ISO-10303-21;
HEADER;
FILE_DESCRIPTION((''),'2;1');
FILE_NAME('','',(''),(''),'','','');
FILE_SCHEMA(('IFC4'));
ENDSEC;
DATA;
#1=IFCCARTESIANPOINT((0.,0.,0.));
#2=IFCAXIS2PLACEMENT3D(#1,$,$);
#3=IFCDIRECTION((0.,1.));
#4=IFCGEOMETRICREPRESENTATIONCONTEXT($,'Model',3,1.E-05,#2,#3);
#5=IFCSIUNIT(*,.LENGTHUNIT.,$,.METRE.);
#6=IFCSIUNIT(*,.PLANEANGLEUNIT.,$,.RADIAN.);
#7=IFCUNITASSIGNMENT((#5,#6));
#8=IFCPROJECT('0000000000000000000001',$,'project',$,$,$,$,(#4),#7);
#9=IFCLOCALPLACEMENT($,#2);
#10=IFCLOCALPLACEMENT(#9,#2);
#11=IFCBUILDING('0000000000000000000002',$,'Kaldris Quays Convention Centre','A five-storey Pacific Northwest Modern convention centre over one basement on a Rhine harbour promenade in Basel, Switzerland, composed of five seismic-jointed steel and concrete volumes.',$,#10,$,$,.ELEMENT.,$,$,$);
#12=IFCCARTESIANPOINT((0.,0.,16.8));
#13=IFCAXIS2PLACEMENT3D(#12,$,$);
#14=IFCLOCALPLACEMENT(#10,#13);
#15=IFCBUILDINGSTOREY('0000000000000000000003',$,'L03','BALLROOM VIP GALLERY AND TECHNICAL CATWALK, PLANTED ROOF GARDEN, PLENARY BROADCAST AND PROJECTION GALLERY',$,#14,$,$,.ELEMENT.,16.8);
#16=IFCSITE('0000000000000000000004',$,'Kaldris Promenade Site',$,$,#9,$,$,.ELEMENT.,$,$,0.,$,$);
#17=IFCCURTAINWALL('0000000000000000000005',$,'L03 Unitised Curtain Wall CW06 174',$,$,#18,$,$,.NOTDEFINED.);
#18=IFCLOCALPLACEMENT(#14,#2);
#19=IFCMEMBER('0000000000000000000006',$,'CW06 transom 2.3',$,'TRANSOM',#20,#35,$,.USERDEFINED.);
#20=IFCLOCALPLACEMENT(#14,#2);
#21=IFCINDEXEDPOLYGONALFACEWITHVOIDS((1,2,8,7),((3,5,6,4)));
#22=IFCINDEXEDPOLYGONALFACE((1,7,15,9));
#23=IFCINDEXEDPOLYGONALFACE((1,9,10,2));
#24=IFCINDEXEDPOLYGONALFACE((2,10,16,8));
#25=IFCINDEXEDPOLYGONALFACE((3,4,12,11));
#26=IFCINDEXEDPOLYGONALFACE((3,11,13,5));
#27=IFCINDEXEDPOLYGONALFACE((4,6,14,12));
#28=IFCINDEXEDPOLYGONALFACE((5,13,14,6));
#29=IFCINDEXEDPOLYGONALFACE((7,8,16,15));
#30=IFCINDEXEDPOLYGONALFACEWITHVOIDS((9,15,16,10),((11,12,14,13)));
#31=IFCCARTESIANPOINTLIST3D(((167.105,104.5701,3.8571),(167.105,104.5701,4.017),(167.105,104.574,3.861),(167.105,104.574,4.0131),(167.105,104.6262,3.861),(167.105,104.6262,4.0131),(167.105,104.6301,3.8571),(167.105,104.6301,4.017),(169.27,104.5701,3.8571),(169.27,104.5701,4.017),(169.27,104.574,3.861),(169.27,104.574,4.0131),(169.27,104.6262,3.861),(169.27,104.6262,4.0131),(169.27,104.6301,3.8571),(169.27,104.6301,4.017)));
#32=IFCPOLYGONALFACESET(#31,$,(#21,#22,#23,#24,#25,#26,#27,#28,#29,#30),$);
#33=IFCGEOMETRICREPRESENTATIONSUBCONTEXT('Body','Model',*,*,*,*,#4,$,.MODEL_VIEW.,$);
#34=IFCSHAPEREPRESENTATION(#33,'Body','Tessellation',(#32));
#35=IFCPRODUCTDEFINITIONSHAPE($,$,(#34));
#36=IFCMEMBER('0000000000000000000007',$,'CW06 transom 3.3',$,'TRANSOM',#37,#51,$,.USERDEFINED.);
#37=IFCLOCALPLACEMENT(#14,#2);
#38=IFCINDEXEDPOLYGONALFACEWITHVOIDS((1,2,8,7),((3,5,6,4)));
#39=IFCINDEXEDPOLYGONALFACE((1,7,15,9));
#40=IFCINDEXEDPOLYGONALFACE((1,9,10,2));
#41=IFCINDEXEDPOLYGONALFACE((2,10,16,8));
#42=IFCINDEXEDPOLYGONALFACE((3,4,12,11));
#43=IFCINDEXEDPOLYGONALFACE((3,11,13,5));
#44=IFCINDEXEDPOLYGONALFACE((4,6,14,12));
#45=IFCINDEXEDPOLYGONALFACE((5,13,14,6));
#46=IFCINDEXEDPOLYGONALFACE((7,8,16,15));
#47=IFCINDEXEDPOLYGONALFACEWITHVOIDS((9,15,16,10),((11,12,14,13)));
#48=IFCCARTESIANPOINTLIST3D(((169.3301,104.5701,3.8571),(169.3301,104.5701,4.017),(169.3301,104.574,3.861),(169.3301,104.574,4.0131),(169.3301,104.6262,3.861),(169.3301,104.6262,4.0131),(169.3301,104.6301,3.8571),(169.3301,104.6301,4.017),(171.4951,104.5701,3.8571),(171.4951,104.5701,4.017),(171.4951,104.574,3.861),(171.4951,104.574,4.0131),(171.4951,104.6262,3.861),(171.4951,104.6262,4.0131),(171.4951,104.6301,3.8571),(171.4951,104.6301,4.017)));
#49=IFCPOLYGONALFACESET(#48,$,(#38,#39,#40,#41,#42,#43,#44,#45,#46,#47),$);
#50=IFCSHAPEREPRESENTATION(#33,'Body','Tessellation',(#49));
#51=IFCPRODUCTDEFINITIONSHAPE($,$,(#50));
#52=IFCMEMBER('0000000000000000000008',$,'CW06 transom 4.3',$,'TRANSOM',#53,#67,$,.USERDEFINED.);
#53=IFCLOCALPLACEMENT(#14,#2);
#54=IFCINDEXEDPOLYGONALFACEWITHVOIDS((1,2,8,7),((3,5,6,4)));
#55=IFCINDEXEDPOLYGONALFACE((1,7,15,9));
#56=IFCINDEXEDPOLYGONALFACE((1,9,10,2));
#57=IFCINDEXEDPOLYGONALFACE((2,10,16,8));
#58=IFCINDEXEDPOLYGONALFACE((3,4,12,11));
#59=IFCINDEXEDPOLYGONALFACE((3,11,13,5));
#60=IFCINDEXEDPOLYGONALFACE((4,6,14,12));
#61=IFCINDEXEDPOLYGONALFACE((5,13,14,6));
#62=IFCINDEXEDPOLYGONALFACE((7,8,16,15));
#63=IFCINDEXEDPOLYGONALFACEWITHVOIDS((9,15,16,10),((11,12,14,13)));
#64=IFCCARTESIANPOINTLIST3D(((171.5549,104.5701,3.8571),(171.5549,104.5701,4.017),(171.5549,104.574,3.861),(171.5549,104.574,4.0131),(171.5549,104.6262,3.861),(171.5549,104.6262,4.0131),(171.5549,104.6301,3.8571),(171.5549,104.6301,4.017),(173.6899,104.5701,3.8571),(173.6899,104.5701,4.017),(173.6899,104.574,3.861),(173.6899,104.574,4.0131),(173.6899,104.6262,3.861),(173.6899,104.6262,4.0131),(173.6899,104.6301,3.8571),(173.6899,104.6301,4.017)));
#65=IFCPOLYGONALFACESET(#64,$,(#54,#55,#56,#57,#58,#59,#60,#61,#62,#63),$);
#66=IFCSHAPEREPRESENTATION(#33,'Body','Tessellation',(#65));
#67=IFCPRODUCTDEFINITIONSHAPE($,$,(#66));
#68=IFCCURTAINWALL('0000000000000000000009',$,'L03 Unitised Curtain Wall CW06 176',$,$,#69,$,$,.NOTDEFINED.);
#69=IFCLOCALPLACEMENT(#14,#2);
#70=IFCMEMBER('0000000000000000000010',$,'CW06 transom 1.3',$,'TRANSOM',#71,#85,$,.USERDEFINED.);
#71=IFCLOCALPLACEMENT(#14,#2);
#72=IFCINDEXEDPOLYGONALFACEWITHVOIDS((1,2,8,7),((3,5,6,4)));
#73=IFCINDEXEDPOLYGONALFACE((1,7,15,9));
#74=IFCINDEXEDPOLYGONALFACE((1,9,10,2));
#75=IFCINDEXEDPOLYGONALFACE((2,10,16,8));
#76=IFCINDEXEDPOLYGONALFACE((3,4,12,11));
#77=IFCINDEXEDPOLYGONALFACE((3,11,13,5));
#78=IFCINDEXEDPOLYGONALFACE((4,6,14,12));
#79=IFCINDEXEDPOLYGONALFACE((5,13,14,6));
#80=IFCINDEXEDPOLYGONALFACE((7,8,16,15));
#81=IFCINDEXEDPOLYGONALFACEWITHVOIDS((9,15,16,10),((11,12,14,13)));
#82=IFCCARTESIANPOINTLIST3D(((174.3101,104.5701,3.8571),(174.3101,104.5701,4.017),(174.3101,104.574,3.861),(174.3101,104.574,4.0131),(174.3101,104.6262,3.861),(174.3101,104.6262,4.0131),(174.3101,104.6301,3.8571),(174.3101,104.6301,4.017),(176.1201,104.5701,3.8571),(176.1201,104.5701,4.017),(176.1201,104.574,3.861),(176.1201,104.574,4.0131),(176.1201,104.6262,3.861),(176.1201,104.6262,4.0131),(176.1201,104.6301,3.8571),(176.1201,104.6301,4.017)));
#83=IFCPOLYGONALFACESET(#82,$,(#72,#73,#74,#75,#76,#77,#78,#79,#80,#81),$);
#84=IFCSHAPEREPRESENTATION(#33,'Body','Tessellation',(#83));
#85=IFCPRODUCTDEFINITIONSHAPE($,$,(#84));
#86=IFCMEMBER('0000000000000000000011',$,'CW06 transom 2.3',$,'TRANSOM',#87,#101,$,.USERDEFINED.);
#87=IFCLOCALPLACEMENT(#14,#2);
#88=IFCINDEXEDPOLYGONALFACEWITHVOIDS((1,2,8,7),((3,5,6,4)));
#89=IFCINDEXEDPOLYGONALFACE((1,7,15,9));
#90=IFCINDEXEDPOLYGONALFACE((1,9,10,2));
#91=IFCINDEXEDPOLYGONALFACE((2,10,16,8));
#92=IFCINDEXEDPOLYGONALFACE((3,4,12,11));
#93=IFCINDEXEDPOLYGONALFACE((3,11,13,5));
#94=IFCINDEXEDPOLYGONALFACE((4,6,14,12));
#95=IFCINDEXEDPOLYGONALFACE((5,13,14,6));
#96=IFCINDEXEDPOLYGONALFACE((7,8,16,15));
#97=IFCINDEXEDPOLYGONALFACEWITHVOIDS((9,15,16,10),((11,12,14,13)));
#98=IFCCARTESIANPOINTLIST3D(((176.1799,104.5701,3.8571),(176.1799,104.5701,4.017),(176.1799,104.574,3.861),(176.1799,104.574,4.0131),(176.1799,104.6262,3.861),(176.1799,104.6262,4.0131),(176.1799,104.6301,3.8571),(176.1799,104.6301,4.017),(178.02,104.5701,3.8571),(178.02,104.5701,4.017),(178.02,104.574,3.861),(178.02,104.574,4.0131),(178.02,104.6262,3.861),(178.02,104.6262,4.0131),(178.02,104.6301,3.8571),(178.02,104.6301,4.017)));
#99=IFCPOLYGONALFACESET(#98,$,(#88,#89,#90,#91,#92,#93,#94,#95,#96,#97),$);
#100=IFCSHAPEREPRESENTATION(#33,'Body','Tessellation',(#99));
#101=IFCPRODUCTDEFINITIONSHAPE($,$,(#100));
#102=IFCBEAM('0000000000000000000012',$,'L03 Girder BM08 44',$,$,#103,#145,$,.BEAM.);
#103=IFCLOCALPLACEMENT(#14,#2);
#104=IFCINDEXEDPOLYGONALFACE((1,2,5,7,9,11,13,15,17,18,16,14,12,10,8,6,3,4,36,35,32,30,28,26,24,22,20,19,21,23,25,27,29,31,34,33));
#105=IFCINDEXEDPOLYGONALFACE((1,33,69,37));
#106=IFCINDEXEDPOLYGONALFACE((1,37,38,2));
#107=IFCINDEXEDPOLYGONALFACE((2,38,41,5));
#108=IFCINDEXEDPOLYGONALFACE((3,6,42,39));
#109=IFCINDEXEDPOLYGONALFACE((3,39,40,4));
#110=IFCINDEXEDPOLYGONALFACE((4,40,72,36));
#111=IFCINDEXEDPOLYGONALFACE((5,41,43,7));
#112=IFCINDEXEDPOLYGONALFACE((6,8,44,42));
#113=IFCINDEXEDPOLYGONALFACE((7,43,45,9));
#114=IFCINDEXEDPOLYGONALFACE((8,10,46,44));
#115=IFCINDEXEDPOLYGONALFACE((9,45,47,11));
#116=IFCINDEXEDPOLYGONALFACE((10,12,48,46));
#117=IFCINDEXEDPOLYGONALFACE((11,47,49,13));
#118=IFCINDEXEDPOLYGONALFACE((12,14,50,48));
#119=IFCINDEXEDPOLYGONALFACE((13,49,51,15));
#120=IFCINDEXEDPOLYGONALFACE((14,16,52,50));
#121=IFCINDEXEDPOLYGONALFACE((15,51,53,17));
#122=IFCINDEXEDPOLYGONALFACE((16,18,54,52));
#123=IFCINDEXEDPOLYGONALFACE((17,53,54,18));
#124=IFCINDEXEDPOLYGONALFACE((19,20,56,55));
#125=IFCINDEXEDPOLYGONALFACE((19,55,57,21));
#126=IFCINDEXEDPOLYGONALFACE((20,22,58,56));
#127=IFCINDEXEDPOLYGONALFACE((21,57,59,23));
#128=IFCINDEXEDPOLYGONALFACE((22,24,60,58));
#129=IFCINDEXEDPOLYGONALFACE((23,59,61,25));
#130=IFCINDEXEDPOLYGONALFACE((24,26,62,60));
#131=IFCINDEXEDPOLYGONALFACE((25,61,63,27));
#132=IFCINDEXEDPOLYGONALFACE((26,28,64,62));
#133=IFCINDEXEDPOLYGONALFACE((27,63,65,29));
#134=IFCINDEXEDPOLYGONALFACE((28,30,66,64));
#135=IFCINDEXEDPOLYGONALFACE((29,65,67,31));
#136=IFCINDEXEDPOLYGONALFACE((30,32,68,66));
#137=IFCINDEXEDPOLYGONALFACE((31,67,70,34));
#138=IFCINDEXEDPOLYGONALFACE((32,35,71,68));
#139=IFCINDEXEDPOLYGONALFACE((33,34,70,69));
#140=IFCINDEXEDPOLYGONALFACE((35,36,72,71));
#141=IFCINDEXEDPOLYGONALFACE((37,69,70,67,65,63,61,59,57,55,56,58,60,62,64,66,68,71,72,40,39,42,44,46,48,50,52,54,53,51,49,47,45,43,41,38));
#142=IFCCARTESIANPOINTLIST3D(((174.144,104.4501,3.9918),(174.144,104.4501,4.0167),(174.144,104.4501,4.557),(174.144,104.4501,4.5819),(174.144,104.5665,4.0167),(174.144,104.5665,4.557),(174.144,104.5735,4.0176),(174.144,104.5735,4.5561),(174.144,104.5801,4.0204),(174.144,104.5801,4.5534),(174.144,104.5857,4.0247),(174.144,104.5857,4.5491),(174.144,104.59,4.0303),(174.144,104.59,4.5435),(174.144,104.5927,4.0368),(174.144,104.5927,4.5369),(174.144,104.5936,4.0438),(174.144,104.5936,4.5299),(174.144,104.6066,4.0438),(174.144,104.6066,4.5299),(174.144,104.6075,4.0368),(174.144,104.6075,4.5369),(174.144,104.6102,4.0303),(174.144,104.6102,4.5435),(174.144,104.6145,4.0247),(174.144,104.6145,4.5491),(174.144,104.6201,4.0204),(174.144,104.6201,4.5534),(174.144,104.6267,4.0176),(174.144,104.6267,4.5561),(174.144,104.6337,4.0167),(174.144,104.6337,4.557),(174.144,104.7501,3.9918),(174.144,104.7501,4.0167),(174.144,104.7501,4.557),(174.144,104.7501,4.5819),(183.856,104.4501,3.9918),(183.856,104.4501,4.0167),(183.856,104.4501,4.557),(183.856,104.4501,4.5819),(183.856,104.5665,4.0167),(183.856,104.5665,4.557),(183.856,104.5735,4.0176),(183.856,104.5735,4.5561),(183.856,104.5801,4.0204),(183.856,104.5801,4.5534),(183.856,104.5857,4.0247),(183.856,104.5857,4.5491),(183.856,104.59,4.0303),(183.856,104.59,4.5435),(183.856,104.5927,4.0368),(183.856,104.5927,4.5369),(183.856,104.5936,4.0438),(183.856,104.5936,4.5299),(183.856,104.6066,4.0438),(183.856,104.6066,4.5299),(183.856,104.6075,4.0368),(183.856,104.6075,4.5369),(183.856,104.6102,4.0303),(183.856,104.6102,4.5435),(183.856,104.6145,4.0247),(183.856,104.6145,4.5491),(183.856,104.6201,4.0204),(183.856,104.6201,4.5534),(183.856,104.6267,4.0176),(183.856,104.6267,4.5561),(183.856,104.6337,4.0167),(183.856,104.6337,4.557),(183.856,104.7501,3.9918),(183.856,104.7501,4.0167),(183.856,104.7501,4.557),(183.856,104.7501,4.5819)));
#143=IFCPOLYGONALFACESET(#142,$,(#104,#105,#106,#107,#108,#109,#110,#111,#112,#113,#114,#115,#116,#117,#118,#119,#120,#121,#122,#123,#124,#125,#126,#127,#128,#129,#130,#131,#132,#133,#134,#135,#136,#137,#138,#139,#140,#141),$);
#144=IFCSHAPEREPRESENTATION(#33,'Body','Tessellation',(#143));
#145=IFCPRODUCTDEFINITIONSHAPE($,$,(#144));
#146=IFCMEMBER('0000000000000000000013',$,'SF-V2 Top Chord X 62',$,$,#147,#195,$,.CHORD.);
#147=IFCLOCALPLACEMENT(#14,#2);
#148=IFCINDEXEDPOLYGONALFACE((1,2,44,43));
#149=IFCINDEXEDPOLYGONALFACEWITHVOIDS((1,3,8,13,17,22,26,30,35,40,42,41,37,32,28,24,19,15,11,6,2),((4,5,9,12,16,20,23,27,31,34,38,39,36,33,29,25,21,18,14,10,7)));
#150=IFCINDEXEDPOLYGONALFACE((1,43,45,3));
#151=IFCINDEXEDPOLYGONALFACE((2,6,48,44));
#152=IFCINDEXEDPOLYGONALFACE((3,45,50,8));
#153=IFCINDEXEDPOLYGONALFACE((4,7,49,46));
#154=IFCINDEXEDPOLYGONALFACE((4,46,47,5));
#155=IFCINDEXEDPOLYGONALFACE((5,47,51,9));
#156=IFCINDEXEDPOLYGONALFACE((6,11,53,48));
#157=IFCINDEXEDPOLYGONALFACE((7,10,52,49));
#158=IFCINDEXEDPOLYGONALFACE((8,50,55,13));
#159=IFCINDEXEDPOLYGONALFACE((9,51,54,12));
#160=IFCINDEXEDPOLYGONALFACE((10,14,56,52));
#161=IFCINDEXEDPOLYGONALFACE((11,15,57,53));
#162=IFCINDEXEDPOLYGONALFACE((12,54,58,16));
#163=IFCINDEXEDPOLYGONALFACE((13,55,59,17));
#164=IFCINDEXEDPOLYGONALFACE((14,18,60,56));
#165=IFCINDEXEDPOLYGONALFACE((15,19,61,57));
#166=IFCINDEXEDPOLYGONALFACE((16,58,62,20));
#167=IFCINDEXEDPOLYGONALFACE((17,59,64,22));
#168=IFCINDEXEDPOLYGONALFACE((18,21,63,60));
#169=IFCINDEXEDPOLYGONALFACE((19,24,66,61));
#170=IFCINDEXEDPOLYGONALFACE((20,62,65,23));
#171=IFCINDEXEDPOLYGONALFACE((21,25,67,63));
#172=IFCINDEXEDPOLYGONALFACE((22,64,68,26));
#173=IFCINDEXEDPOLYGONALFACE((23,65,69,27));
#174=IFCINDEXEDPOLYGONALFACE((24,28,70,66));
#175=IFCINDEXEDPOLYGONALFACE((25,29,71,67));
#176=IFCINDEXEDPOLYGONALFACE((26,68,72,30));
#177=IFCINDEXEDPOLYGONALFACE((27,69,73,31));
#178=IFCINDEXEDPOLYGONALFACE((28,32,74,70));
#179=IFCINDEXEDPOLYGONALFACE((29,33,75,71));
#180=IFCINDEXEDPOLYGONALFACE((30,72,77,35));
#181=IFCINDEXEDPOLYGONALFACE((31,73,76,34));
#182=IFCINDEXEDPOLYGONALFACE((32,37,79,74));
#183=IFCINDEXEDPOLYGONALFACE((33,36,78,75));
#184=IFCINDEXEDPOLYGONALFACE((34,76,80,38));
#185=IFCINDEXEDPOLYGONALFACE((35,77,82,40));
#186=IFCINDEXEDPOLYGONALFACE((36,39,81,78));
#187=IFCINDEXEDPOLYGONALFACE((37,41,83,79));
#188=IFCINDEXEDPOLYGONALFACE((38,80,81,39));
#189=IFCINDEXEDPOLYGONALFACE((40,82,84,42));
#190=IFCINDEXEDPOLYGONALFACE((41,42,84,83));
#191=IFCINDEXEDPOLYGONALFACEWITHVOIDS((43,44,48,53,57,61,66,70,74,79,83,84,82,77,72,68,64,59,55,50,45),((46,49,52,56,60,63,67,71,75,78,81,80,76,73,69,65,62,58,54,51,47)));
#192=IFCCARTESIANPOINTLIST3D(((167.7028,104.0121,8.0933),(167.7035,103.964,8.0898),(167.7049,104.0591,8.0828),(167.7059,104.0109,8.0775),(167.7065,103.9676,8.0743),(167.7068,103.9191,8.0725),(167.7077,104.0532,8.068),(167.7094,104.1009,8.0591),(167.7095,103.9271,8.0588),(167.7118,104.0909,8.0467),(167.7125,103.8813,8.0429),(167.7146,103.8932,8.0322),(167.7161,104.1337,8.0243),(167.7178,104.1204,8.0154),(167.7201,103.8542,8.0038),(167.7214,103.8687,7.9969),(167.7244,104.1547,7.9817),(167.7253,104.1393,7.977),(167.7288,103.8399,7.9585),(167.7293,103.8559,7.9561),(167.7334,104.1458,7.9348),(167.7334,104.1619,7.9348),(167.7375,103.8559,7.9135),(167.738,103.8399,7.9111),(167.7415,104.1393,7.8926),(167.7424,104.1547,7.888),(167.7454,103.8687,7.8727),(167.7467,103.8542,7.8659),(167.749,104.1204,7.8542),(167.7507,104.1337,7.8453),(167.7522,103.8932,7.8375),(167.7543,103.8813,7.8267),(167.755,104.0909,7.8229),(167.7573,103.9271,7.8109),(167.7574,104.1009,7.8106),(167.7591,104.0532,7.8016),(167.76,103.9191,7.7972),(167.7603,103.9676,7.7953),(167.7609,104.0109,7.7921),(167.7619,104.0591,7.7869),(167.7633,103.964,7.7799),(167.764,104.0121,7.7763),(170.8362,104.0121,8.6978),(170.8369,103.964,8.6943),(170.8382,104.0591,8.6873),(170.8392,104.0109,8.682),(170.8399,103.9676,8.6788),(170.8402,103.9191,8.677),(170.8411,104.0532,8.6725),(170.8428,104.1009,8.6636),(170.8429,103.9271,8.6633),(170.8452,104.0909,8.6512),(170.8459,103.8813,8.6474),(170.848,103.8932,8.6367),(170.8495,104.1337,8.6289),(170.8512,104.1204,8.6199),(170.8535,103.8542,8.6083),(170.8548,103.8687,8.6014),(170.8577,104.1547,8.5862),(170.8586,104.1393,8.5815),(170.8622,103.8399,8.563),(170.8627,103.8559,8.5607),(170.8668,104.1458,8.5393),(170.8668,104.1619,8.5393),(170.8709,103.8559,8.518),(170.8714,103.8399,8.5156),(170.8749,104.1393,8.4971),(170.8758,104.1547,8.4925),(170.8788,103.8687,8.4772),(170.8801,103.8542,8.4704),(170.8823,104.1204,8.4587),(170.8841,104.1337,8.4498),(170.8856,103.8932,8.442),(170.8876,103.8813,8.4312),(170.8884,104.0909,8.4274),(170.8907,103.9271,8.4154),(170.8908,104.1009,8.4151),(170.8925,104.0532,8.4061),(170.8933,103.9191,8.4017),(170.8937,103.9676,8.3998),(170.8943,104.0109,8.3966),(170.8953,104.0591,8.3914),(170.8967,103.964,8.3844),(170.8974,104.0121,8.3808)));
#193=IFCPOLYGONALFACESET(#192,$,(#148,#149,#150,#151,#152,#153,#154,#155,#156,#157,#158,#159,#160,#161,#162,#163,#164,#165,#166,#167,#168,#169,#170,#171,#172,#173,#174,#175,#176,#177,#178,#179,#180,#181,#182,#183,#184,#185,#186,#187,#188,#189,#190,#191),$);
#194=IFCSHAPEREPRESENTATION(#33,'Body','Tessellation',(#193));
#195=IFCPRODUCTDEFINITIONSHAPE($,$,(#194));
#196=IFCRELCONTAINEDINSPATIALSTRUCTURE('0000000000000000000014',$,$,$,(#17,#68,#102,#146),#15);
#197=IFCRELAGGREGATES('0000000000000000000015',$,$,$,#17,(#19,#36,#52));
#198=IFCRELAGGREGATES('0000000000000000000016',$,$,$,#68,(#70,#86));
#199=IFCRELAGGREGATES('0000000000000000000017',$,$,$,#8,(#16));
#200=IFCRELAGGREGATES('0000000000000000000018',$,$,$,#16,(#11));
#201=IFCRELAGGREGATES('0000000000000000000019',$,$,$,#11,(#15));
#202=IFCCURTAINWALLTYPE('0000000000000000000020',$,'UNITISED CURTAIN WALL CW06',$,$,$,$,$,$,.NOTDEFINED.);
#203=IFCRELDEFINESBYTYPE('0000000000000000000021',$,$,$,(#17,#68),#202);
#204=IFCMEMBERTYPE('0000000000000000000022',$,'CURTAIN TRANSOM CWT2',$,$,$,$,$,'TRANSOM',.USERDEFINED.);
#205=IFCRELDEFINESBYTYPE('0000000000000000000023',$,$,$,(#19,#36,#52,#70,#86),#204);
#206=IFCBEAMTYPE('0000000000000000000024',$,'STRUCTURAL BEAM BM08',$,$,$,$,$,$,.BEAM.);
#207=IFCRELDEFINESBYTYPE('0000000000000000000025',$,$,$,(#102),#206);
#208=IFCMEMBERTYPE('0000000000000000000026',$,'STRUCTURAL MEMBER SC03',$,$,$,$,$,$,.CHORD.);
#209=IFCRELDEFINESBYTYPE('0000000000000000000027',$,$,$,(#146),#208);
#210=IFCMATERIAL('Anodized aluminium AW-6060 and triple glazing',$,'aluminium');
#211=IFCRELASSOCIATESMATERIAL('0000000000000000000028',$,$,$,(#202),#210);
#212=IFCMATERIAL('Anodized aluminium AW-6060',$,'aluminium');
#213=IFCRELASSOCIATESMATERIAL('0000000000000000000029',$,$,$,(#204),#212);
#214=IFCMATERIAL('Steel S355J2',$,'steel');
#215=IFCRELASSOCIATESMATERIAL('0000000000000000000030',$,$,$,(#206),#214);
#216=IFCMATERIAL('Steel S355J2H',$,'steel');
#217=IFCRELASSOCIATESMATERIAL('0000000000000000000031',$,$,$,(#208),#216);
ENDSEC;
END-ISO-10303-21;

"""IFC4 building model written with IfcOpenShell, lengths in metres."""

from ifc_helpers import new_model, si_unit, direction, frame, origin, origin_2d, place, context, subcontext, project, spatial, hollow_rectangle, hollow_circle, i_section, extrude, material, material_profile, profile_set, type_object, element, aggregate, save


model = new_model("IFC4")

# Units and contexts
model_context = context("Model", 3, precision=1e-05, world=origin(), true_north=direction((0.0, 1.0)))
body_context = subcontext(model_context, "Body", "Model", "MODEL_VIEW")
ifc_project = project(units=[si_unit("LENGTHUNIT", "METRE"), si_unit("PLANEANGLEUNIT", "RADIAN")], contexts=[model_context])

# Site, building, storey
site_placement = place(None, origin())
site = spatial("IfcSite", under=ifc_project, at=site_placement, Name="Kaldris Promenade Site", CompositionType="ELEMENT", RefElevation=0.0)
building_placement = place(site_placement, origin())
building = spatial("IfcBuilding", under=site, at=building_placement, Name="Kaldris Quays Convention Centre", Description="A five-storey Pacific Northwest Modern convention centre over one basement on a Rhine harbour promenade in Basel, Switzerland, composed of five seismic-jointed steel and concrete volumes.", CompositionType="ELEMENT")
storey_placement = place(building_placement, frame((0.0, 0.0, 16.8)))
storey = spatial("IfcBuildingStorey", under=building, at=storey_placement, Name="L03", Description="BALLROOM VIP GALLERY AND TECHNICAL CATWALK, PLANTED ROOF GARDEN, PLENARY BROADCAST AND PROJECTION GALLERY", CompositionType="ELEMENT", Elevation=16.8)

# Curtain walls, members
ifc_material_1 = material(Name="Anodized aluminium AW-6060 and triple glazing", Category="aluminium")
curtain_wall_type = type_object("IfcCurtainWallType", Name="UNITISED CURTAIN WALL CW06", PredefinedType="NOTDEFINED", material=ifc_material_1)
curtain_wall_1_placement = place(storey_placement, origin())
curtain_wall_1 = element("IfcCurtainWall", 1, at=curtain_wall_1_placement, inside=storey, type_object=curtain_wall_type, Name="L03 Unitised Curtain Wall CW06 174", PredefinedType="NOTDEFINED")
ifc_material_2 = material(Name="Anodized aluminium AW-6060", Category="aluminium")
ifc_material_profile_1 = material_profile(ifc_material_2, hollow_rectangle(XDim=0.0601, YDim=0.1599, WallThickness=0.0039, at=origin_2d()), Name="RHS 160x60x4")
ifc_profile_set_1 = profile_set([ifc_material_profile_1], Name="Anodized aluminium AW-6060")
member_type_1 = type_object("IfcMemberType", Name="CURTAIN TRANSOM CWT2", ElementType="TRANSOM", PredefinedType="USERDEFINED", material=ifc_profile_set_1)
member_1_placement = place(storey_placement, frame((167.105, 104.6001, 3.937), z_axis=(1.0, 0.0, 0.0), x_axis=(0.0, 1.0, 0.0)))
member_1 = element("IfcMember", 2, at=member_1_placement, type_object=member_type_1, Name="CW06 transom 2.3", ObjectType="TRANSOM", PredefinedType="USERDEFINED", context=body_context, shape_type="SweptSolid", body=[
    extrude(hollow_rectangle(XDim=0.0601, YDim=0.1599, WallThickness=0.0039, at=origin_2d()), origin(), (0.0, 0.0, 1.0), 2.165),
])
member_2_placement = place(storey_placement, frame((169.3301, 104.6001, 3.937), z_axis=(1.0, 0.0, 0.0), x_axis=(0.0, 1.0, 0.0)))
member_2 = element("IfcMember", 3, at=member_2_placement, type_object=member_type_1, Name="CW06 transom 3.3", ObjectType="TRANSOM", PredefinedType="USERDEFINED", context=body_context, shape_type="SweptSolid", body=[
    extrude(hollow_rectangle(XDim=0.0601, YDim=0.1599, WallThickness=0.0039, at=origin_2d()), origin(), (0.0, 0.0, 1.0), 2.165),
])
member_3_placement = place(storey_placement, frame((171.5549, 104.6001, 3.937), z_axis=(1.0, 0.0, 0.0), x_axis=(0.0, 1.0, 0.0)))
member_3 = element("IfcMember", 4, at=member_3_placement, type_object=member_type_1, Name="CW06 transom 4.3", ObjectType="TRANSOM", PredefinedType="USERDEFINED", context=body_context, shape_type="SweptSolid", body=[
    extrude(hollow_rectangle(XDim=0.0601, YDim=0.1599, WallThickness=0.0039, at=origin_2d()), origin(), (0.0, 0.0, 1.0), 2.135),
])
curtain_wall_2_placement = place(storey_placement, origin())
curtain_wall_2 = element("IfcCurtainWall", 5, at=curtain_wall_2_placement, inside=storey, type_object=curtain_wall_type, Name="L03 Unitised Curtain Wall CW06 176", PredefinedType="NOTDEFINED")
member_4_placement = place(storey_placement, frame((174.3101, 104.6001, 3.937), z_axis=(1.0, 0.0, 0.0), x_axis=(0.0, 1.0, 0.0)))
member_4 = element("IfcMember", 6, at=member_4_placement, type_object=member_type_1, Name="CW06 transom 1.3", ObjectType="TRANSOM", PredefinedType="USERDEFINED", context=body_context, shape_type="SweptSolid", body=[
    extrude(hollow_rectangle(XDim=0.0601, YDim=0.1599, WallThickness=0.0039, at=origin_2d()), origin(), (0.0, 0.0, 1.0), 1.8101),
])
member_5_placement = place(storey_placement, frame((176.1799, 104.6001, 3.937), z_axis=(1.0, 0.0, 0.0), x_axis=(0.0, 1.0, 0.0)))
member_5 = element("IfcMember", 7, at=member_5_placement, type_object=member_type_1, Name="CW06 transom 2.3", ObjectType="TRANSOM", PredefinedType="USERDEFINED", context=body_context, shape_type="SweptSolid", body=[
    extrude(hollow_rectangle(XDim=0.0601, YDim=0.1599, WallThickness=0.0039, at=origin_2d()), origin(), (0.0, 0.0, 1.0), 1.8401),
])

# Beam
ifc_material_3 = material(Name="Steel S355J2", Category="steel")
ifc_material_profile_2 = material_profile(ifc_material_3, i_section(OverallWidth=0.3, OverallDepth=0.5901, WebThickness=0.0129, FlangeThickness=0.0249, FilletRadius=0.0271, at=origin_2d()), Name="HEA 600")
ifc_profile_set_2 = profile_set([ifc_material_profile_2], Name="Steel S355J2")
beam_type = type_object("IfcBeamType", Name="STRUCTURAL BEAM BM08", PredefinedType="BEAM", material=ifc_profile_set_2)
beam_placement = place(storey_placement, frame((174.144, 104.6001, 4.2869), z_axis=(1.0, 0.0, 0.0), x_axis=(0.0, 1.0, 0.0)))
element("IfcBeam", 8, at=beam_placement, inside=storey, type_object=beam_type, Name="L03 Girder BM08 44", PredefinedType="BEAM", context=body_context, shape_type="SweptSolid", body=[
    extrude(i_section(OverallWidth=0.3, OverallDepth=0.5901, WebThickness=0.0129, FlangeThickness=0.0249, FilletRadius=0.0271, at=origin_2d()), origin(), (0.0, 0.0, 1.0), 9.7119),
])

# Member
ifc_material_4 = material(Name="Steel S355J2H", Category="steel")
ifc_material_profile_3 = material_profile(ifc_material_4, hollow_circle(Radius=0.1619, WallThickness=0.0161, at=origin_2d()), Name="CHS 323.9x16")
ifc_profile_set_3 = profile_set([ifc_material_profile_3], Name="Steel S355J2H")
member_type_2 = type_object("IfcMemberType", Name="STRUCTURAL MEMBER SC03", PredefinedType="CHORD", material=ifc_profile_set_3)
member_6_placement = place(storey_placement, frame((167.7334, 104.0, 7.9348), z_axis=(0.981894, 0.0, 0.189432), x_axis=(0.0, 1.0, 0.0)))
element("IfcMember", 9, at=member_6_placement, inside=storey, type_object=member_type_2, Name="SF-V2 Top Chord X 62", PredefinedType="CHORD", context=body_context, shape_type="SweptSolid", body=[
    extrude(hollow_circle(Radius=0.1619, WallThickness=0.0161, at=origin_2d()), origin(), (0.0, 0.0, 1.0), 3.1912),
])

aggregate(curtain_wall_1, [member_1, member_2, member_3])
aggregate(curtain_wall_2, [member_4, member_5])

save(model, "model.ifc")
